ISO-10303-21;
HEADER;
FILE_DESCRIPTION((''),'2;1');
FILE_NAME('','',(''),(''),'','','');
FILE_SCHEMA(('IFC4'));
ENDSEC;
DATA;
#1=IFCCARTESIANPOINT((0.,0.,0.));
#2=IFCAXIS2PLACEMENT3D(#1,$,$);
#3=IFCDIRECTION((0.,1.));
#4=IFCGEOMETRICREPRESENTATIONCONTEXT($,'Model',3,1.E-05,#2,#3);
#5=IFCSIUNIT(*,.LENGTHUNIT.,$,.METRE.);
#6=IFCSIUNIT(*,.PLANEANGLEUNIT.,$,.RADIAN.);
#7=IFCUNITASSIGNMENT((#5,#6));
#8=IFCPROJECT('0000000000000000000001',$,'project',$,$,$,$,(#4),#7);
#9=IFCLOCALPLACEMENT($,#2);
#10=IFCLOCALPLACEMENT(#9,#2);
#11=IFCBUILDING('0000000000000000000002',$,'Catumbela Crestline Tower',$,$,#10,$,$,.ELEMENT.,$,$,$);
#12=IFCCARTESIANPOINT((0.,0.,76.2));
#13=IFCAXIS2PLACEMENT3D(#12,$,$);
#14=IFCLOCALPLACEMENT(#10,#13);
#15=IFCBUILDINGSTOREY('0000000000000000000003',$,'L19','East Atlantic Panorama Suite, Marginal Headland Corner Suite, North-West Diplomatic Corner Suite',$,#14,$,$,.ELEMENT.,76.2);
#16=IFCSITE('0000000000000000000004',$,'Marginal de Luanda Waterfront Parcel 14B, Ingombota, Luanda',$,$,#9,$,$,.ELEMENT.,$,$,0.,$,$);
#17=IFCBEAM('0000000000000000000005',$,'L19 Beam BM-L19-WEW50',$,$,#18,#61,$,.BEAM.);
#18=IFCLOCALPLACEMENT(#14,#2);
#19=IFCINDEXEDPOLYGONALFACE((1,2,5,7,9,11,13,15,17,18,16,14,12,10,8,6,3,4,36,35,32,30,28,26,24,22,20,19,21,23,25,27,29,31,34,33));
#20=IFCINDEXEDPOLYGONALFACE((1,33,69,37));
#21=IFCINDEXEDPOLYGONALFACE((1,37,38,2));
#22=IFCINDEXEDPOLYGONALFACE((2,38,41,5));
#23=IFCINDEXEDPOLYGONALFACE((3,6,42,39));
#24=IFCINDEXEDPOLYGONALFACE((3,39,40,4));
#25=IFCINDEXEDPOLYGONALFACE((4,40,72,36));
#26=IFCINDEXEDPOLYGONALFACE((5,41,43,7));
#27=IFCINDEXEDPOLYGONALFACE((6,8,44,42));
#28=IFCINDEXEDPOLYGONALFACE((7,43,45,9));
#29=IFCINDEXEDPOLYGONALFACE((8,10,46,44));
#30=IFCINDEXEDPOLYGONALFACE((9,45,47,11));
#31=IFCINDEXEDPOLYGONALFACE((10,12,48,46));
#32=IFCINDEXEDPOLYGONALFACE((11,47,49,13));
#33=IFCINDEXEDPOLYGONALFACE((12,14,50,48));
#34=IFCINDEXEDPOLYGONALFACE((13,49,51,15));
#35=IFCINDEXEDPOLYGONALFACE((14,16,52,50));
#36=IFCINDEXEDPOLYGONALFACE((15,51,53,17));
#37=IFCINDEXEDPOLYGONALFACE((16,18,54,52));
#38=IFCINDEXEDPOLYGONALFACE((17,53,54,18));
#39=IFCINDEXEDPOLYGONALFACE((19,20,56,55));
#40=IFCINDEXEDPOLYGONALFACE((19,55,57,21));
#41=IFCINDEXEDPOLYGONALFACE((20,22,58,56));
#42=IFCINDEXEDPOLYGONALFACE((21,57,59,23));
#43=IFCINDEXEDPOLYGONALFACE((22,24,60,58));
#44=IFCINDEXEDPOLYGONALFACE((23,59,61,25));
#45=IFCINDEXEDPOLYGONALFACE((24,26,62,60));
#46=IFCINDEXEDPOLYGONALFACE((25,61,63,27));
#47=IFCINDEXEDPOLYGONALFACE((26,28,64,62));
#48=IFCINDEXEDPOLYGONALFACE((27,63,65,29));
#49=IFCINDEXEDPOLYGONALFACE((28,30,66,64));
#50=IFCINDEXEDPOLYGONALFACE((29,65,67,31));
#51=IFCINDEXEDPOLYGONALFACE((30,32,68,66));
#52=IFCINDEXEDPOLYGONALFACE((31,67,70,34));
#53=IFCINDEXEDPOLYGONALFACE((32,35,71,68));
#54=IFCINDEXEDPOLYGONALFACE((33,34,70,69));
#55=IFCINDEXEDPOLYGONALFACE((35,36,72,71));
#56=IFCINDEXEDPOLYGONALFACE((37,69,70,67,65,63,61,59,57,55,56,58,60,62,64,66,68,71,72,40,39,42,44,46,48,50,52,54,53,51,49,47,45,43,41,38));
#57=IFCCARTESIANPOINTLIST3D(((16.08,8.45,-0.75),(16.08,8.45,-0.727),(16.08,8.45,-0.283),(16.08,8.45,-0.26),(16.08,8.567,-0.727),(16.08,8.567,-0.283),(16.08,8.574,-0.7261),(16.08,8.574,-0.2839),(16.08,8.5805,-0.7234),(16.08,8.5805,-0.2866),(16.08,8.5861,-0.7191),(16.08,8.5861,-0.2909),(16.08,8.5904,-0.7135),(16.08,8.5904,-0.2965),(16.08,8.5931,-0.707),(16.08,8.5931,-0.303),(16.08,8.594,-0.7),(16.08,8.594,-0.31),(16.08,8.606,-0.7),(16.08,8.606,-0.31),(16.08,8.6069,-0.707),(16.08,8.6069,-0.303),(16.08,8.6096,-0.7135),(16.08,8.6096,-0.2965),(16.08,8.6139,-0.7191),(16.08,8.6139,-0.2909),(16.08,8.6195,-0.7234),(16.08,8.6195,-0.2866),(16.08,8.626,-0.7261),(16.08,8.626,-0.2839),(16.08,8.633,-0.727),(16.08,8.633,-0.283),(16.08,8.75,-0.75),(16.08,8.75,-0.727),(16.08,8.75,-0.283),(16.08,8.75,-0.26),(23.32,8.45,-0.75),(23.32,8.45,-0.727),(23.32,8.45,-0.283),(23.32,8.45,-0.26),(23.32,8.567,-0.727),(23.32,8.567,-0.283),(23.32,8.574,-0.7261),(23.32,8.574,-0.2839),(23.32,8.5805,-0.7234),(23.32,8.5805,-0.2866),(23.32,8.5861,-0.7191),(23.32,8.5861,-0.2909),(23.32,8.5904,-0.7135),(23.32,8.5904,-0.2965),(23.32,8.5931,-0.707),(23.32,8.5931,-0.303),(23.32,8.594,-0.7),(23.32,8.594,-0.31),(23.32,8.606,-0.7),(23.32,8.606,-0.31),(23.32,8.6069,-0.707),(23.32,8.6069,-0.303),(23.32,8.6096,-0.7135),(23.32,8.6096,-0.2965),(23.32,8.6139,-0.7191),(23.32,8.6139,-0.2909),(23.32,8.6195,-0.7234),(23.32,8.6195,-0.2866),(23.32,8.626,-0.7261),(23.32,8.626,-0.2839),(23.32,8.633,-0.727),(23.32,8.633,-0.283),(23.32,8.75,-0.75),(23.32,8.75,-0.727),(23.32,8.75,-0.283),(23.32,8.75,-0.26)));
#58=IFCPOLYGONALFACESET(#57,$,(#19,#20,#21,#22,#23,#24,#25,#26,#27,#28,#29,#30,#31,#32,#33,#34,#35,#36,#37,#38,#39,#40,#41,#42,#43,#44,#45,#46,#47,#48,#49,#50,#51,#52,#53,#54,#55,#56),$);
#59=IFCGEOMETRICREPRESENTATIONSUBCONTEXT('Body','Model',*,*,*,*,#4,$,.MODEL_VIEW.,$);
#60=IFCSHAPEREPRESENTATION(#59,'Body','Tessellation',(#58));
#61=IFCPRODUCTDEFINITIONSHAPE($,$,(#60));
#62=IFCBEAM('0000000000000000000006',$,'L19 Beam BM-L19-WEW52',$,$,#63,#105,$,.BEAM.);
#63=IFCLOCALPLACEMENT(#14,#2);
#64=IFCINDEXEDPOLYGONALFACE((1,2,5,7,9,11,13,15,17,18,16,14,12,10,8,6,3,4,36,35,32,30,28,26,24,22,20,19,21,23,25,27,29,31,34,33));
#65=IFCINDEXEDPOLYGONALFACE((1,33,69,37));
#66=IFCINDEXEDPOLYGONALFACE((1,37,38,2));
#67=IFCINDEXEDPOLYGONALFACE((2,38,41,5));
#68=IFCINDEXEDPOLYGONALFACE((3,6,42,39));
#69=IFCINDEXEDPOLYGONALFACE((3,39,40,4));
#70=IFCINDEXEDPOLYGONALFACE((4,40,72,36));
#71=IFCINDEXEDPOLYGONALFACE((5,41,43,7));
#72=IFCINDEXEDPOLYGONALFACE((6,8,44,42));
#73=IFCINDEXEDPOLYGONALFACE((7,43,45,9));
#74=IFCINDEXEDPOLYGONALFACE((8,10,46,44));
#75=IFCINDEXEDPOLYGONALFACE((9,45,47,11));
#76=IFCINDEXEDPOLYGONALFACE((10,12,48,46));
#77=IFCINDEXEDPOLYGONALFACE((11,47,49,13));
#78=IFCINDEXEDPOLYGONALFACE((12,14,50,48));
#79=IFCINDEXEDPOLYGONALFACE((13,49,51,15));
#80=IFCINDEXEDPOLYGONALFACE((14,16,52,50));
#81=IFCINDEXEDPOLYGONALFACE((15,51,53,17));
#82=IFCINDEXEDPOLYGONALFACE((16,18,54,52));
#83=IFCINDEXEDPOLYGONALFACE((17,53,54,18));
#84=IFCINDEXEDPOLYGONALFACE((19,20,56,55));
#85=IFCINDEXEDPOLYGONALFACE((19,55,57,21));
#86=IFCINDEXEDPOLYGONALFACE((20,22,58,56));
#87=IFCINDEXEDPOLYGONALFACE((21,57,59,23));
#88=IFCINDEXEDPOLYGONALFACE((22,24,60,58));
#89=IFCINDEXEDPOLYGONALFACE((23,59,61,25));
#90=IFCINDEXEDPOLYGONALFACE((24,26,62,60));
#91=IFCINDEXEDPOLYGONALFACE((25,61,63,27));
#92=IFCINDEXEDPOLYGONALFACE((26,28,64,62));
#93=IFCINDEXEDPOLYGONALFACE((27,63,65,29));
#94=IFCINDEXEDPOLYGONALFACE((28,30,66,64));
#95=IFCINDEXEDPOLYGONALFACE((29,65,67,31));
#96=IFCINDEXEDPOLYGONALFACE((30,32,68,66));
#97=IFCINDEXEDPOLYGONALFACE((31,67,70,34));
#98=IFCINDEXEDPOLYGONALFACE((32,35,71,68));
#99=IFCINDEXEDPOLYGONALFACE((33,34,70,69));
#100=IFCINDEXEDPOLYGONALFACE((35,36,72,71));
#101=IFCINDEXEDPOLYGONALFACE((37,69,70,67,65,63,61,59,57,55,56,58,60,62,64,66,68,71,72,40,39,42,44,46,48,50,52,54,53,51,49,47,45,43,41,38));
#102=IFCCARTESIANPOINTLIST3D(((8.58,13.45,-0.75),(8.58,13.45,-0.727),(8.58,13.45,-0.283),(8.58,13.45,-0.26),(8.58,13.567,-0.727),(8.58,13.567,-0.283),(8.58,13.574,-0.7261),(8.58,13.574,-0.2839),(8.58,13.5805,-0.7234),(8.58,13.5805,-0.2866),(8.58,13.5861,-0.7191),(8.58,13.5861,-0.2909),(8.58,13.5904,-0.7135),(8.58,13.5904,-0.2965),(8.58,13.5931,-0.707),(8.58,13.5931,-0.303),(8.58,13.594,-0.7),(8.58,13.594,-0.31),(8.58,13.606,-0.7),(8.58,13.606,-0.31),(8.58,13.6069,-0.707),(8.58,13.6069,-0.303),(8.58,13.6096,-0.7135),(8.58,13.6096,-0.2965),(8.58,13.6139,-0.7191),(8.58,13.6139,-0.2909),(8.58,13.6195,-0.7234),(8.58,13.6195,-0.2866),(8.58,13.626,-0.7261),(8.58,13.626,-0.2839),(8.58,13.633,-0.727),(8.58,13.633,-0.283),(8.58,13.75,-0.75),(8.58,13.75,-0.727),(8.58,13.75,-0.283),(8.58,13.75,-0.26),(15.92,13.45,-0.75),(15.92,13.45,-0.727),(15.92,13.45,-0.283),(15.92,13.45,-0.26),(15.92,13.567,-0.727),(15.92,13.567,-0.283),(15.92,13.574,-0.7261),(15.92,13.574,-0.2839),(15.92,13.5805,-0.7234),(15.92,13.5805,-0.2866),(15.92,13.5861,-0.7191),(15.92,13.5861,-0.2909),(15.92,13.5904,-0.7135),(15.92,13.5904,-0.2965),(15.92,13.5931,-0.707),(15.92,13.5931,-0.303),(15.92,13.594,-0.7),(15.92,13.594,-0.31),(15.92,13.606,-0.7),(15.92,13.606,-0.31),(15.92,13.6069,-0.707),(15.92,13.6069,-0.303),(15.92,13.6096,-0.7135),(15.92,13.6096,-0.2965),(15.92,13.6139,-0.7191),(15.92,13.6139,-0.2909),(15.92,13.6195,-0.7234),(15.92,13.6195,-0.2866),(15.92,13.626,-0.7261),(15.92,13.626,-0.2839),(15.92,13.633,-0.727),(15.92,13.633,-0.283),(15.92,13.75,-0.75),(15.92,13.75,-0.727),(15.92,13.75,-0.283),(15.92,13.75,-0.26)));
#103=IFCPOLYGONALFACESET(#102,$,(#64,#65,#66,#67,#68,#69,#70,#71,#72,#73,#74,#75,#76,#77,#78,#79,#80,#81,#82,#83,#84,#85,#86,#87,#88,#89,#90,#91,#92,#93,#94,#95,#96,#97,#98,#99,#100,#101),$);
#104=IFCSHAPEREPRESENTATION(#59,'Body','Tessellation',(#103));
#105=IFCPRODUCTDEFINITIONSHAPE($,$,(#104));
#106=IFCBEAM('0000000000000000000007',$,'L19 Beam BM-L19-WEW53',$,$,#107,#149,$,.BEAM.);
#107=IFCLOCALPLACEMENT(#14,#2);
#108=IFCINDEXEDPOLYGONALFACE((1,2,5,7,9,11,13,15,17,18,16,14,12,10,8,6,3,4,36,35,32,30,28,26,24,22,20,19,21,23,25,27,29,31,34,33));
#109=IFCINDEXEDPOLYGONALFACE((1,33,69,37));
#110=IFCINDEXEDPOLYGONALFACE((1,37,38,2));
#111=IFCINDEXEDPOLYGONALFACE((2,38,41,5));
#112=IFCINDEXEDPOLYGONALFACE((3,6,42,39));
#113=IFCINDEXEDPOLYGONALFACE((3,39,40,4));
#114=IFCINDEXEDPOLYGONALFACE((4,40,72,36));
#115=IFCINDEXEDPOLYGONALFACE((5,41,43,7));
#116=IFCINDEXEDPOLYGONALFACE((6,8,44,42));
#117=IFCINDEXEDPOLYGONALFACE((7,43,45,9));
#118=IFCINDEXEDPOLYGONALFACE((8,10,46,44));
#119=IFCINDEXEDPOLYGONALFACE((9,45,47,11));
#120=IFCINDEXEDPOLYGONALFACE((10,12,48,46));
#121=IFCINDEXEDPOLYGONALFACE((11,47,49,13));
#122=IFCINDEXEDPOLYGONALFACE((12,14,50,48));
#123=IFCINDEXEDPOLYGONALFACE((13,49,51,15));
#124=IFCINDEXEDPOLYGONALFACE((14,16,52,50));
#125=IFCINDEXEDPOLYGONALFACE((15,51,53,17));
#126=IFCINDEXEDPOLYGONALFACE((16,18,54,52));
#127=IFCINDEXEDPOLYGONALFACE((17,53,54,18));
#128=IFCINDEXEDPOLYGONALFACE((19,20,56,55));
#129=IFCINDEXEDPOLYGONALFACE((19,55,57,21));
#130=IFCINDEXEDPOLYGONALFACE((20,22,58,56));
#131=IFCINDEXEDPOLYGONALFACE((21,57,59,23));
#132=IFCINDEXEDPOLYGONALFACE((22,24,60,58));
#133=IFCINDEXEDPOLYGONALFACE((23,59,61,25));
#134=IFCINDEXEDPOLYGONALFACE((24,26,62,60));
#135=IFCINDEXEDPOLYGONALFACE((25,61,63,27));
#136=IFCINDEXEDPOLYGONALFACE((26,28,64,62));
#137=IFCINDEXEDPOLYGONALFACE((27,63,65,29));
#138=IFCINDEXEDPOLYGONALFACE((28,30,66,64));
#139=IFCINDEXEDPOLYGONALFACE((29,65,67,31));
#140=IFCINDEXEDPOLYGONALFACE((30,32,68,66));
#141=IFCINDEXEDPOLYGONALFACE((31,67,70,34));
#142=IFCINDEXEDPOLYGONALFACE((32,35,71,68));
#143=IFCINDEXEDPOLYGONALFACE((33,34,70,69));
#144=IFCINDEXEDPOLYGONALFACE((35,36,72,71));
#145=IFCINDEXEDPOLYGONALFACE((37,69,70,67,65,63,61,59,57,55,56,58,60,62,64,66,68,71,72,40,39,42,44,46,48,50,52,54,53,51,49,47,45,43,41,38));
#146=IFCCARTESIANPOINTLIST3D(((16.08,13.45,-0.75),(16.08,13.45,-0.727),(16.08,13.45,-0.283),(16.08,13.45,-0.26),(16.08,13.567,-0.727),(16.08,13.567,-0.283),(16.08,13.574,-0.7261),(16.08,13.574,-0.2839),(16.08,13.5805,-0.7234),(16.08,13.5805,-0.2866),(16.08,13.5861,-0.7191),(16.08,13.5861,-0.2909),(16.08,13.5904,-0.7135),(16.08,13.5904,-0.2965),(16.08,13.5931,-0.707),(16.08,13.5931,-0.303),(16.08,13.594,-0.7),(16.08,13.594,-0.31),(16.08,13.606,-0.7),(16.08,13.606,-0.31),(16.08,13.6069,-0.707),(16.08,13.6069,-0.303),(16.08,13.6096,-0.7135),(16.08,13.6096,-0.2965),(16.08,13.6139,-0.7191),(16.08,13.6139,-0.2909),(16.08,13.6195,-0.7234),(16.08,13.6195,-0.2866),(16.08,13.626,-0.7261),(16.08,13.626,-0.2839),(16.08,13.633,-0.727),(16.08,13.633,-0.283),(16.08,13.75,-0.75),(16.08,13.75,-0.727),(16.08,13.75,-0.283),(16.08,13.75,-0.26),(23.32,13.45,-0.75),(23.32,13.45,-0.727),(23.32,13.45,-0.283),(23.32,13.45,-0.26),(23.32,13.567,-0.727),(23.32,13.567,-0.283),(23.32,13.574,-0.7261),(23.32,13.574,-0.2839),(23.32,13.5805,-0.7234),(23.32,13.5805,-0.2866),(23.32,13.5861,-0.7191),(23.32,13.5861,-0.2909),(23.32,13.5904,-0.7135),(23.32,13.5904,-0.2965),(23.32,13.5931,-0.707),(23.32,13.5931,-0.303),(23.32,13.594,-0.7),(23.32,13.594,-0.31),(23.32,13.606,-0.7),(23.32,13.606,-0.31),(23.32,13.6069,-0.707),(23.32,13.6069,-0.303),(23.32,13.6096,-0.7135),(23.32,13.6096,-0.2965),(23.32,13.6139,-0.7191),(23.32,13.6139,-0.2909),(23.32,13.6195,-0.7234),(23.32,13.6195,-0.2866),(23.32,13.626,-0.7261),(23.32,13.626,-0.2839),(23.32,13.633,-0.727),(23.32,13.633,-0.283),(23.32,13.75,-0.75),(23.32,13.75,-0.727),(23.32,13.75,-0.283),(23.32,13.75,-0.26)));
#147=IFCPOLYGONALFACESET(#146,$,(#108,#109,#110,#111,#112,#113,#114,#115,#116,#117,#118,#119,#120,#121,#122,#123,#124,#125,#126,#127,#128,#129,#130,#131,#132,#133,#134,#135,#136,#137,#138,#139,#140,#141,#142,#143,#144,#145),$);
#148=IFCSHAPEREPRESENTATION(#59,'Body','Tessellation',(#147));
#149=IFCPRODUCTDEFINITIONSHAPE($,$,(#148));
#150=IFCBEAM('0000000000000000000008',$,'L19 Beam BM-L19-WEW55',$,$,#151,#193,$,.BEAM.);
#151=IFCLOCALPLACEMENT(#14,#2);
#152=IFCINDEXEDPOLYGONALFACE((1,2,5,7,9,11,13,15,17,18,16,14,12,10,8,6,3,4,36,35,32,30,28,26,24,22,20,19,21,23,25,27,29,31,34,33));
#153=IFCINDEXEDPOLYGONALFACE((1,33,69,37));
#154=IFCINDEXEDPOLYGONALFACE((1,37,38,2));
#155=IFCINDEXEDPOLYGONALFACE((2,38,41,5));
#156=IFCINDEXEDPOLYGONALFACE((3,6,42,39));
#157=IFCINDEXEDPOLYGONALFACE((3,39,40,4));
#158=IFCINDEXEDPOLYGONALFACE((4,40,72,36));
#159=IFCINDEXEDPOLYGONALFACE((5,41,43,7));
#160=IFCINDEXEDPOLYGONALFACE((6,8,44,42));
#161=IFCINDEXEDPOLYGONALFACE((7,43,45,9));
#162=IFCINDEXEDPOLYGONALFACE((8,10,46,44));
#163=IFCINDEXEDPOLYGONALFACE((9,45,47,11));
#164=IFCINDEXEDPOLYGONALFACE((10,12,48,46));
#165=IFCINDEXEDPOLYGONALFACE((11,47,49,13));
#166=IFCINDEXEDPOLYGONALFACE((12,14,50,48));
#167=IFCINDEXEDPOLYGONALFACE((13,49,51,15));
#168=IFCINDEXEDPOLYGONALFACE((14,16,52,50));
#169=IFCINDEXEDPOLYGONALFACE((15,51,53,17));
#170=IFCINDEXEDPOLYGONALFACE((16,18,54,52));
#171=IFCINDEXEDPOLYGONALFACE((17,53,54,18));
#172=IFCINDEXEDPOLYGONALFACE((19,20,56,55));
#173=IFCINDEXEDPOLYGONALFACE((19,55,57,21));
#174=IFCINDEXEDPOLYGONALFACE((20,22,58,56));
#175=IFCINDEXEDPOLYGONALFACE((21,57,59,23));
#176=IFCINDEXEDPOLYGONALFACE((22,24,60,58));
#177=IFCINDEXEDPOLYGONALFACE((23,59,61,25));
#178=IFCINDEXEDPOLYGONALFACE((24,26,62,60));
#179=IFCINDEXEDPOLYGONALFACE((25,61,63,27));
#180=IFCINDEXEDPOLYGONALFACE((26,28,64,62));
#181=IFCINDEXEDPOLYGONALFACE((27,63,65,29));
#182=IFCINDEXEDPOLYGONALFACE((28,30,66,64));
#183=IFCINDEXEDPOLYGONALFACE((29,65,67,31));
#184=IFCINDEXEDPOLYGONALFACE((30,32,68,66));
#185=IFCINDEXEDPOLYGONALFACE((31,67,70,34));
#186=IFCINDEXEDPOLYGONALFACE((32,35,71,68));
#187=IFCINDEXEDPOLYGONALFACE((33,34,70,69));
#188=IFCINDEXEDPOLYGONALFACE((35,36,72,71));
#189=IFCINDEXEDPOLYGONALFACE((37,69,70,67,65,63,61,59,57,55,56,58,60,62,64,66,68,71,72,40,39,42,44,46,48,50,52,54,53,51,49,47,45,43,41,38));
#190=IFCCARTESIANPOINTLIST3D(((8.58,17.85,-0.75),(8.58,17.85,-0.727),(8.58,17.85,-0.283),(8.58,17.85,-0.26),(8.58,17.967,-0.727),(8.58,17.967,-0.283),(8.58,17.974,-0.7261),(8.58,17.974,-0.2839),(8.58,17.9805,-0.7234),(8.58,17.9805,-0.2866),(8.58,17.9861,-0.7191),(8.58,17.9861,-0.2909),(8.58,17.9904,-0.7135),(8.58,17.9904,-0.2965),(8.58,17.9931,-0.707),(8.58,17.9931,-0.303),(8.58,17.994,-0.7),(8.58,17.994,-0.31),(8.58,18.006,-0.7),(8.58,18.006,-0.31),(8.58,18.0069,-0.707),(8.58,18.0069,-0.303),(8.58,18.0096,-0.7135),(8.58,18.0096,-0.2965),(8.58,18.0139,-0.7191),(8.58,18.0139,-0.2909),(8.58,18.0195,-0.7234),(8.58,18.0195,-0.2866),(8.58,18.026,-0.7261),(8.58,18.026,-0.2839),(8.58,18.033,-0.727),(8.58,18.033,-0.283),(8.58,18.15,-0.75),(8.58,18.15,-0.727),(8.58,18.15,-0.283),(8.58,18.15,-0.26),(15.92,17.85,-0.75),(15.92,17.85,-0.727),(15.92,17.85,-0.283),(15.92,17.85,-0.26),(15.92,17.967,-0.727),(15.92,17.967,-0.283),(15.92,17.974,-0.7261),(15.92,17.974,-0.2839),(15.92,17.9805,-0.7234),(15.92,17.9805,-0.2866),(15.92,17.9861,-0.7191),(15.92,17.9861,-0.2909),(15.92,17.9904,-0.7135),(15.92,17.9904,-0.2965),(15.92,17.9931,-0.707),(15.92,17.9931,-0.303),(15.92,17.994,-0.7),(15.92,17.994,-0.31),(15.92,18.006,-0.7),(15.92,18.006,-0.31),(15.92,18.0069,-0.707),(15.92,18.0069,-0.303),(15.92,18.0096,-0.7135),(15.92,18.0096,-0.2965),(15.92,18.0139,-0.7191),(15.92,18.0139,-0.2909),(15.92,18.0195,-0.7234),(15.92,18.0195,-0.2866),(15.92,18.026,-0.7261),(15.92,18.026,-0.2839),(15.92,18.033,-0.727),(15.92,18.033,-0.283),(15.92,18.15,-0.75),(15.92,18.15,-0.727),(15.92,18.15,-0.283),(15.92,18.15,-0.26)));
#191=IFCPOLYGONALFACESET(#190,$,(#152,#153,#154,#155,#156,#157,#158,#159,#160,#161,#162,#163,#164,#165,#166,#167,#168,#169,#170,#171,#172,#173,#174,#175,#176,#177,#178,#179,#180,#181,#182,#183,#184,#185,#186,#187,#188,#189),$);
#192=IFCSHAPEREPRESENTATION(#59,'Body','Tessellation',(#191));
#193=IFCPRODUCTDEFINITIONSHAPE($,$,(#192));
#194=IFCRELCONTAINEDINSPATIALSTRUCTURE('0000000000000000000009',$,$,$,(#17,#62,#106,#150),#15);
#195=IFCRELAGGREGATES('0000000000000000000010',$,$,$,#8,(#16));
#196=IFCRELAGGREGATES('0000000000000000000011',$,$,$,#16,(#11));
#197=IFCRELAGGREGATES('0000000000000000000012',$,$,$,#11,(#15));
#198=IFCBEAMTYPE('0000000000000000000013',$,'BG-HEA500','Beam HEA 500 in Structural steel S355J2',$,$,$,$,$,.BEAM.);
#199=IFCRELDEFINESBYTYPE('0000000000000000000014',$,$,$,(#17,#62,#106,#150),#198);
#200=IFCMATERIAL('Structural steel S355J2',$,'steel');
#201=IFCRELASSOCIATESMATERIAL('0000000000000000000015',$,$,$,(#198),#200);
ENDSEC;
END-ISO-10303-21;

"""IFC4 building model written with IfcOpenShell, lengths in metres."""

from ifc_helpers import new_model, si_unit, direction, frame, origin, origin_2d, place, context, subcontext, project, spatial, i_section, extrude, material, material_profile, profile_set, type_object, element, save


model = new_model("IFC4")

# Units and contexts
model_context = context("Model", 3, precision=1e-05, world=origin(), true_north=direction((0.0, 1.0)))
body_context = subcontext(model_context, "Body", "Model", "MODEL_VIEW")
ifc_project = project(units=[si_unit("LENGTHUNIT", "METRE"), si_unit("PLANEANGLEUNIT", "RADIAN")], contexts=[model_context])

# Site, building, storey
site_placement = place(None, origin())
site = spatial("IfcSite", under=ifc_project, at=site_placement, Name="Marginal de Luanda Waterfront Parcel 14B, Ingombota, Luanda", CompositionType="ELEMENT", RefElevation=0.0)
building_placement = place(site_placement, origin())
building = spatial("IfcBuilding", under=site, at=building_placement, Name="Catumbela Crestline Tower", CompositionType="ELEMENT")
storey_placement = place(building_placement, frame((0.0, 0.0, 76.2)))
storey = spatial("IfcBuildingStorey", under=building, at=storey_placement, Name="L19", Description="East Atlantic Panorama Suite, Marginal Headland Corner Suite, North-West Diplomatic Corner Suite", CompositionType="ELEMENT", Elevation=76.2)

# Beams
ifc_material_1 = material(Name="Structural steel S355J2", Category="steel")
ifc_material_profile_1 = material_profile(ifc_material_1, i_section(OverallWidth=0.3, OverallDepth=0.49, WebThickness=0.012, FlangeThickness=0.023, FilletRadius=0.027, at=origin_2d()), Name="HEA 500")
ifc_profile_set_1 = profile_set([ifc_material_profile_1], Name="Structural steel S355J2")
beam_type_1 = type_object("IfcBeamType", Name="BG-HEA500", Description="Beam HEA 500 in Structural steel S355J2", PredefinedType="BEAM", material=ifc_profile_set_1)
beam_1_placement = place(storey_placement, frame((16.08, 8.6, -0.505), z_axis=(1.0, 0.0, 0.0), x_axis=(0.0, 1.0, 0.0)))
element("IfcBeam", 1, at=beam_1_placement, inside=storey, type_object=beam_type_1, Name="L19 Beam BM-L19-WEW50", PredefinedType="BEAM", context=body_context, shape_type="SweptSolid", body=[
    extrude(i_section(OverallWidth=0.3, OverallDepth=0.49, WebThickness=0.012, FlangeThickness=0.023, FilletRadius=0.027, at=origin_2d()), origin(), (0.0, 0.0, 1.0), 7.24),
])
beam_2_placement = place(storey_placement, frame((8.58, 13.6, -0.505), z_axis=(1.0, 0.0, 0.0), x_axis=(0.0, 1.0, 0.0)))
element("IfcBeam", 2, at=beam_2_placement, inside=storey, type_object=beam_type_1, Name="L19 Beam BM-L19-WEW52", PredefinedType="BEAM", context=body_context, shape_type="SweptSolid", body=[
    extrude(i_section(OverallWidth=0.3, OverallDepth=0.49, WebThickness=0.012, FlangeThickness=0.023, FilletRadius=0.027, at=origin_2d()), origin(), (0.0, 0.0, 1.0), 7.34),
])
beam_3_placement = place(storey_placement, frame((16.08, 13.6, -0.505), z_axis=(1.0, 0.0, 0.0), x_axis=(0.0, 1.0, 0.0)))
element("IfcBeam", 3, at=beam_3_placement, inside=storey, type_object=beam_type_1, Name="L19 Beam BM-L19-WEW53", PredefinedType="BEAM", context=body_context, shape_type="SweptSolid", body=[
    extrude(i_section(OverallWidth=0.3, OverallDepth=0.49, WebThickness=0.012, FlangeThickness=0.023, FilletRadius=0.027, at=origin_2d()), origin(), (0.0, 0.0, 1.0), 7.24),
])
beam_4_placement = place(storey_placement, frame((8.58, 18.0, -0.505), z_axis=(1.0, 0.0, 0.0), x_axis=(0.0, 1.0, 0.0)))
element("IfcBeam", 4, at=beam_4_placement, inside=storey, type_object=beam_type_1, Name="L19 Beam BM-L19-WEW55", PredefinedType="BEAM", context=body_context, shape_type="SweptSolid", body=[
    extrude(i_section(OverallWidth=0.3, OverallDepth=0.49, WebThickness=0.012, FlangeThickness=0.023, FilletRadius=0.027, at=origin_2d()), origin(), (0.0, 0.0, 1.0), 7.34),
])

save(model, "model.ifc")
